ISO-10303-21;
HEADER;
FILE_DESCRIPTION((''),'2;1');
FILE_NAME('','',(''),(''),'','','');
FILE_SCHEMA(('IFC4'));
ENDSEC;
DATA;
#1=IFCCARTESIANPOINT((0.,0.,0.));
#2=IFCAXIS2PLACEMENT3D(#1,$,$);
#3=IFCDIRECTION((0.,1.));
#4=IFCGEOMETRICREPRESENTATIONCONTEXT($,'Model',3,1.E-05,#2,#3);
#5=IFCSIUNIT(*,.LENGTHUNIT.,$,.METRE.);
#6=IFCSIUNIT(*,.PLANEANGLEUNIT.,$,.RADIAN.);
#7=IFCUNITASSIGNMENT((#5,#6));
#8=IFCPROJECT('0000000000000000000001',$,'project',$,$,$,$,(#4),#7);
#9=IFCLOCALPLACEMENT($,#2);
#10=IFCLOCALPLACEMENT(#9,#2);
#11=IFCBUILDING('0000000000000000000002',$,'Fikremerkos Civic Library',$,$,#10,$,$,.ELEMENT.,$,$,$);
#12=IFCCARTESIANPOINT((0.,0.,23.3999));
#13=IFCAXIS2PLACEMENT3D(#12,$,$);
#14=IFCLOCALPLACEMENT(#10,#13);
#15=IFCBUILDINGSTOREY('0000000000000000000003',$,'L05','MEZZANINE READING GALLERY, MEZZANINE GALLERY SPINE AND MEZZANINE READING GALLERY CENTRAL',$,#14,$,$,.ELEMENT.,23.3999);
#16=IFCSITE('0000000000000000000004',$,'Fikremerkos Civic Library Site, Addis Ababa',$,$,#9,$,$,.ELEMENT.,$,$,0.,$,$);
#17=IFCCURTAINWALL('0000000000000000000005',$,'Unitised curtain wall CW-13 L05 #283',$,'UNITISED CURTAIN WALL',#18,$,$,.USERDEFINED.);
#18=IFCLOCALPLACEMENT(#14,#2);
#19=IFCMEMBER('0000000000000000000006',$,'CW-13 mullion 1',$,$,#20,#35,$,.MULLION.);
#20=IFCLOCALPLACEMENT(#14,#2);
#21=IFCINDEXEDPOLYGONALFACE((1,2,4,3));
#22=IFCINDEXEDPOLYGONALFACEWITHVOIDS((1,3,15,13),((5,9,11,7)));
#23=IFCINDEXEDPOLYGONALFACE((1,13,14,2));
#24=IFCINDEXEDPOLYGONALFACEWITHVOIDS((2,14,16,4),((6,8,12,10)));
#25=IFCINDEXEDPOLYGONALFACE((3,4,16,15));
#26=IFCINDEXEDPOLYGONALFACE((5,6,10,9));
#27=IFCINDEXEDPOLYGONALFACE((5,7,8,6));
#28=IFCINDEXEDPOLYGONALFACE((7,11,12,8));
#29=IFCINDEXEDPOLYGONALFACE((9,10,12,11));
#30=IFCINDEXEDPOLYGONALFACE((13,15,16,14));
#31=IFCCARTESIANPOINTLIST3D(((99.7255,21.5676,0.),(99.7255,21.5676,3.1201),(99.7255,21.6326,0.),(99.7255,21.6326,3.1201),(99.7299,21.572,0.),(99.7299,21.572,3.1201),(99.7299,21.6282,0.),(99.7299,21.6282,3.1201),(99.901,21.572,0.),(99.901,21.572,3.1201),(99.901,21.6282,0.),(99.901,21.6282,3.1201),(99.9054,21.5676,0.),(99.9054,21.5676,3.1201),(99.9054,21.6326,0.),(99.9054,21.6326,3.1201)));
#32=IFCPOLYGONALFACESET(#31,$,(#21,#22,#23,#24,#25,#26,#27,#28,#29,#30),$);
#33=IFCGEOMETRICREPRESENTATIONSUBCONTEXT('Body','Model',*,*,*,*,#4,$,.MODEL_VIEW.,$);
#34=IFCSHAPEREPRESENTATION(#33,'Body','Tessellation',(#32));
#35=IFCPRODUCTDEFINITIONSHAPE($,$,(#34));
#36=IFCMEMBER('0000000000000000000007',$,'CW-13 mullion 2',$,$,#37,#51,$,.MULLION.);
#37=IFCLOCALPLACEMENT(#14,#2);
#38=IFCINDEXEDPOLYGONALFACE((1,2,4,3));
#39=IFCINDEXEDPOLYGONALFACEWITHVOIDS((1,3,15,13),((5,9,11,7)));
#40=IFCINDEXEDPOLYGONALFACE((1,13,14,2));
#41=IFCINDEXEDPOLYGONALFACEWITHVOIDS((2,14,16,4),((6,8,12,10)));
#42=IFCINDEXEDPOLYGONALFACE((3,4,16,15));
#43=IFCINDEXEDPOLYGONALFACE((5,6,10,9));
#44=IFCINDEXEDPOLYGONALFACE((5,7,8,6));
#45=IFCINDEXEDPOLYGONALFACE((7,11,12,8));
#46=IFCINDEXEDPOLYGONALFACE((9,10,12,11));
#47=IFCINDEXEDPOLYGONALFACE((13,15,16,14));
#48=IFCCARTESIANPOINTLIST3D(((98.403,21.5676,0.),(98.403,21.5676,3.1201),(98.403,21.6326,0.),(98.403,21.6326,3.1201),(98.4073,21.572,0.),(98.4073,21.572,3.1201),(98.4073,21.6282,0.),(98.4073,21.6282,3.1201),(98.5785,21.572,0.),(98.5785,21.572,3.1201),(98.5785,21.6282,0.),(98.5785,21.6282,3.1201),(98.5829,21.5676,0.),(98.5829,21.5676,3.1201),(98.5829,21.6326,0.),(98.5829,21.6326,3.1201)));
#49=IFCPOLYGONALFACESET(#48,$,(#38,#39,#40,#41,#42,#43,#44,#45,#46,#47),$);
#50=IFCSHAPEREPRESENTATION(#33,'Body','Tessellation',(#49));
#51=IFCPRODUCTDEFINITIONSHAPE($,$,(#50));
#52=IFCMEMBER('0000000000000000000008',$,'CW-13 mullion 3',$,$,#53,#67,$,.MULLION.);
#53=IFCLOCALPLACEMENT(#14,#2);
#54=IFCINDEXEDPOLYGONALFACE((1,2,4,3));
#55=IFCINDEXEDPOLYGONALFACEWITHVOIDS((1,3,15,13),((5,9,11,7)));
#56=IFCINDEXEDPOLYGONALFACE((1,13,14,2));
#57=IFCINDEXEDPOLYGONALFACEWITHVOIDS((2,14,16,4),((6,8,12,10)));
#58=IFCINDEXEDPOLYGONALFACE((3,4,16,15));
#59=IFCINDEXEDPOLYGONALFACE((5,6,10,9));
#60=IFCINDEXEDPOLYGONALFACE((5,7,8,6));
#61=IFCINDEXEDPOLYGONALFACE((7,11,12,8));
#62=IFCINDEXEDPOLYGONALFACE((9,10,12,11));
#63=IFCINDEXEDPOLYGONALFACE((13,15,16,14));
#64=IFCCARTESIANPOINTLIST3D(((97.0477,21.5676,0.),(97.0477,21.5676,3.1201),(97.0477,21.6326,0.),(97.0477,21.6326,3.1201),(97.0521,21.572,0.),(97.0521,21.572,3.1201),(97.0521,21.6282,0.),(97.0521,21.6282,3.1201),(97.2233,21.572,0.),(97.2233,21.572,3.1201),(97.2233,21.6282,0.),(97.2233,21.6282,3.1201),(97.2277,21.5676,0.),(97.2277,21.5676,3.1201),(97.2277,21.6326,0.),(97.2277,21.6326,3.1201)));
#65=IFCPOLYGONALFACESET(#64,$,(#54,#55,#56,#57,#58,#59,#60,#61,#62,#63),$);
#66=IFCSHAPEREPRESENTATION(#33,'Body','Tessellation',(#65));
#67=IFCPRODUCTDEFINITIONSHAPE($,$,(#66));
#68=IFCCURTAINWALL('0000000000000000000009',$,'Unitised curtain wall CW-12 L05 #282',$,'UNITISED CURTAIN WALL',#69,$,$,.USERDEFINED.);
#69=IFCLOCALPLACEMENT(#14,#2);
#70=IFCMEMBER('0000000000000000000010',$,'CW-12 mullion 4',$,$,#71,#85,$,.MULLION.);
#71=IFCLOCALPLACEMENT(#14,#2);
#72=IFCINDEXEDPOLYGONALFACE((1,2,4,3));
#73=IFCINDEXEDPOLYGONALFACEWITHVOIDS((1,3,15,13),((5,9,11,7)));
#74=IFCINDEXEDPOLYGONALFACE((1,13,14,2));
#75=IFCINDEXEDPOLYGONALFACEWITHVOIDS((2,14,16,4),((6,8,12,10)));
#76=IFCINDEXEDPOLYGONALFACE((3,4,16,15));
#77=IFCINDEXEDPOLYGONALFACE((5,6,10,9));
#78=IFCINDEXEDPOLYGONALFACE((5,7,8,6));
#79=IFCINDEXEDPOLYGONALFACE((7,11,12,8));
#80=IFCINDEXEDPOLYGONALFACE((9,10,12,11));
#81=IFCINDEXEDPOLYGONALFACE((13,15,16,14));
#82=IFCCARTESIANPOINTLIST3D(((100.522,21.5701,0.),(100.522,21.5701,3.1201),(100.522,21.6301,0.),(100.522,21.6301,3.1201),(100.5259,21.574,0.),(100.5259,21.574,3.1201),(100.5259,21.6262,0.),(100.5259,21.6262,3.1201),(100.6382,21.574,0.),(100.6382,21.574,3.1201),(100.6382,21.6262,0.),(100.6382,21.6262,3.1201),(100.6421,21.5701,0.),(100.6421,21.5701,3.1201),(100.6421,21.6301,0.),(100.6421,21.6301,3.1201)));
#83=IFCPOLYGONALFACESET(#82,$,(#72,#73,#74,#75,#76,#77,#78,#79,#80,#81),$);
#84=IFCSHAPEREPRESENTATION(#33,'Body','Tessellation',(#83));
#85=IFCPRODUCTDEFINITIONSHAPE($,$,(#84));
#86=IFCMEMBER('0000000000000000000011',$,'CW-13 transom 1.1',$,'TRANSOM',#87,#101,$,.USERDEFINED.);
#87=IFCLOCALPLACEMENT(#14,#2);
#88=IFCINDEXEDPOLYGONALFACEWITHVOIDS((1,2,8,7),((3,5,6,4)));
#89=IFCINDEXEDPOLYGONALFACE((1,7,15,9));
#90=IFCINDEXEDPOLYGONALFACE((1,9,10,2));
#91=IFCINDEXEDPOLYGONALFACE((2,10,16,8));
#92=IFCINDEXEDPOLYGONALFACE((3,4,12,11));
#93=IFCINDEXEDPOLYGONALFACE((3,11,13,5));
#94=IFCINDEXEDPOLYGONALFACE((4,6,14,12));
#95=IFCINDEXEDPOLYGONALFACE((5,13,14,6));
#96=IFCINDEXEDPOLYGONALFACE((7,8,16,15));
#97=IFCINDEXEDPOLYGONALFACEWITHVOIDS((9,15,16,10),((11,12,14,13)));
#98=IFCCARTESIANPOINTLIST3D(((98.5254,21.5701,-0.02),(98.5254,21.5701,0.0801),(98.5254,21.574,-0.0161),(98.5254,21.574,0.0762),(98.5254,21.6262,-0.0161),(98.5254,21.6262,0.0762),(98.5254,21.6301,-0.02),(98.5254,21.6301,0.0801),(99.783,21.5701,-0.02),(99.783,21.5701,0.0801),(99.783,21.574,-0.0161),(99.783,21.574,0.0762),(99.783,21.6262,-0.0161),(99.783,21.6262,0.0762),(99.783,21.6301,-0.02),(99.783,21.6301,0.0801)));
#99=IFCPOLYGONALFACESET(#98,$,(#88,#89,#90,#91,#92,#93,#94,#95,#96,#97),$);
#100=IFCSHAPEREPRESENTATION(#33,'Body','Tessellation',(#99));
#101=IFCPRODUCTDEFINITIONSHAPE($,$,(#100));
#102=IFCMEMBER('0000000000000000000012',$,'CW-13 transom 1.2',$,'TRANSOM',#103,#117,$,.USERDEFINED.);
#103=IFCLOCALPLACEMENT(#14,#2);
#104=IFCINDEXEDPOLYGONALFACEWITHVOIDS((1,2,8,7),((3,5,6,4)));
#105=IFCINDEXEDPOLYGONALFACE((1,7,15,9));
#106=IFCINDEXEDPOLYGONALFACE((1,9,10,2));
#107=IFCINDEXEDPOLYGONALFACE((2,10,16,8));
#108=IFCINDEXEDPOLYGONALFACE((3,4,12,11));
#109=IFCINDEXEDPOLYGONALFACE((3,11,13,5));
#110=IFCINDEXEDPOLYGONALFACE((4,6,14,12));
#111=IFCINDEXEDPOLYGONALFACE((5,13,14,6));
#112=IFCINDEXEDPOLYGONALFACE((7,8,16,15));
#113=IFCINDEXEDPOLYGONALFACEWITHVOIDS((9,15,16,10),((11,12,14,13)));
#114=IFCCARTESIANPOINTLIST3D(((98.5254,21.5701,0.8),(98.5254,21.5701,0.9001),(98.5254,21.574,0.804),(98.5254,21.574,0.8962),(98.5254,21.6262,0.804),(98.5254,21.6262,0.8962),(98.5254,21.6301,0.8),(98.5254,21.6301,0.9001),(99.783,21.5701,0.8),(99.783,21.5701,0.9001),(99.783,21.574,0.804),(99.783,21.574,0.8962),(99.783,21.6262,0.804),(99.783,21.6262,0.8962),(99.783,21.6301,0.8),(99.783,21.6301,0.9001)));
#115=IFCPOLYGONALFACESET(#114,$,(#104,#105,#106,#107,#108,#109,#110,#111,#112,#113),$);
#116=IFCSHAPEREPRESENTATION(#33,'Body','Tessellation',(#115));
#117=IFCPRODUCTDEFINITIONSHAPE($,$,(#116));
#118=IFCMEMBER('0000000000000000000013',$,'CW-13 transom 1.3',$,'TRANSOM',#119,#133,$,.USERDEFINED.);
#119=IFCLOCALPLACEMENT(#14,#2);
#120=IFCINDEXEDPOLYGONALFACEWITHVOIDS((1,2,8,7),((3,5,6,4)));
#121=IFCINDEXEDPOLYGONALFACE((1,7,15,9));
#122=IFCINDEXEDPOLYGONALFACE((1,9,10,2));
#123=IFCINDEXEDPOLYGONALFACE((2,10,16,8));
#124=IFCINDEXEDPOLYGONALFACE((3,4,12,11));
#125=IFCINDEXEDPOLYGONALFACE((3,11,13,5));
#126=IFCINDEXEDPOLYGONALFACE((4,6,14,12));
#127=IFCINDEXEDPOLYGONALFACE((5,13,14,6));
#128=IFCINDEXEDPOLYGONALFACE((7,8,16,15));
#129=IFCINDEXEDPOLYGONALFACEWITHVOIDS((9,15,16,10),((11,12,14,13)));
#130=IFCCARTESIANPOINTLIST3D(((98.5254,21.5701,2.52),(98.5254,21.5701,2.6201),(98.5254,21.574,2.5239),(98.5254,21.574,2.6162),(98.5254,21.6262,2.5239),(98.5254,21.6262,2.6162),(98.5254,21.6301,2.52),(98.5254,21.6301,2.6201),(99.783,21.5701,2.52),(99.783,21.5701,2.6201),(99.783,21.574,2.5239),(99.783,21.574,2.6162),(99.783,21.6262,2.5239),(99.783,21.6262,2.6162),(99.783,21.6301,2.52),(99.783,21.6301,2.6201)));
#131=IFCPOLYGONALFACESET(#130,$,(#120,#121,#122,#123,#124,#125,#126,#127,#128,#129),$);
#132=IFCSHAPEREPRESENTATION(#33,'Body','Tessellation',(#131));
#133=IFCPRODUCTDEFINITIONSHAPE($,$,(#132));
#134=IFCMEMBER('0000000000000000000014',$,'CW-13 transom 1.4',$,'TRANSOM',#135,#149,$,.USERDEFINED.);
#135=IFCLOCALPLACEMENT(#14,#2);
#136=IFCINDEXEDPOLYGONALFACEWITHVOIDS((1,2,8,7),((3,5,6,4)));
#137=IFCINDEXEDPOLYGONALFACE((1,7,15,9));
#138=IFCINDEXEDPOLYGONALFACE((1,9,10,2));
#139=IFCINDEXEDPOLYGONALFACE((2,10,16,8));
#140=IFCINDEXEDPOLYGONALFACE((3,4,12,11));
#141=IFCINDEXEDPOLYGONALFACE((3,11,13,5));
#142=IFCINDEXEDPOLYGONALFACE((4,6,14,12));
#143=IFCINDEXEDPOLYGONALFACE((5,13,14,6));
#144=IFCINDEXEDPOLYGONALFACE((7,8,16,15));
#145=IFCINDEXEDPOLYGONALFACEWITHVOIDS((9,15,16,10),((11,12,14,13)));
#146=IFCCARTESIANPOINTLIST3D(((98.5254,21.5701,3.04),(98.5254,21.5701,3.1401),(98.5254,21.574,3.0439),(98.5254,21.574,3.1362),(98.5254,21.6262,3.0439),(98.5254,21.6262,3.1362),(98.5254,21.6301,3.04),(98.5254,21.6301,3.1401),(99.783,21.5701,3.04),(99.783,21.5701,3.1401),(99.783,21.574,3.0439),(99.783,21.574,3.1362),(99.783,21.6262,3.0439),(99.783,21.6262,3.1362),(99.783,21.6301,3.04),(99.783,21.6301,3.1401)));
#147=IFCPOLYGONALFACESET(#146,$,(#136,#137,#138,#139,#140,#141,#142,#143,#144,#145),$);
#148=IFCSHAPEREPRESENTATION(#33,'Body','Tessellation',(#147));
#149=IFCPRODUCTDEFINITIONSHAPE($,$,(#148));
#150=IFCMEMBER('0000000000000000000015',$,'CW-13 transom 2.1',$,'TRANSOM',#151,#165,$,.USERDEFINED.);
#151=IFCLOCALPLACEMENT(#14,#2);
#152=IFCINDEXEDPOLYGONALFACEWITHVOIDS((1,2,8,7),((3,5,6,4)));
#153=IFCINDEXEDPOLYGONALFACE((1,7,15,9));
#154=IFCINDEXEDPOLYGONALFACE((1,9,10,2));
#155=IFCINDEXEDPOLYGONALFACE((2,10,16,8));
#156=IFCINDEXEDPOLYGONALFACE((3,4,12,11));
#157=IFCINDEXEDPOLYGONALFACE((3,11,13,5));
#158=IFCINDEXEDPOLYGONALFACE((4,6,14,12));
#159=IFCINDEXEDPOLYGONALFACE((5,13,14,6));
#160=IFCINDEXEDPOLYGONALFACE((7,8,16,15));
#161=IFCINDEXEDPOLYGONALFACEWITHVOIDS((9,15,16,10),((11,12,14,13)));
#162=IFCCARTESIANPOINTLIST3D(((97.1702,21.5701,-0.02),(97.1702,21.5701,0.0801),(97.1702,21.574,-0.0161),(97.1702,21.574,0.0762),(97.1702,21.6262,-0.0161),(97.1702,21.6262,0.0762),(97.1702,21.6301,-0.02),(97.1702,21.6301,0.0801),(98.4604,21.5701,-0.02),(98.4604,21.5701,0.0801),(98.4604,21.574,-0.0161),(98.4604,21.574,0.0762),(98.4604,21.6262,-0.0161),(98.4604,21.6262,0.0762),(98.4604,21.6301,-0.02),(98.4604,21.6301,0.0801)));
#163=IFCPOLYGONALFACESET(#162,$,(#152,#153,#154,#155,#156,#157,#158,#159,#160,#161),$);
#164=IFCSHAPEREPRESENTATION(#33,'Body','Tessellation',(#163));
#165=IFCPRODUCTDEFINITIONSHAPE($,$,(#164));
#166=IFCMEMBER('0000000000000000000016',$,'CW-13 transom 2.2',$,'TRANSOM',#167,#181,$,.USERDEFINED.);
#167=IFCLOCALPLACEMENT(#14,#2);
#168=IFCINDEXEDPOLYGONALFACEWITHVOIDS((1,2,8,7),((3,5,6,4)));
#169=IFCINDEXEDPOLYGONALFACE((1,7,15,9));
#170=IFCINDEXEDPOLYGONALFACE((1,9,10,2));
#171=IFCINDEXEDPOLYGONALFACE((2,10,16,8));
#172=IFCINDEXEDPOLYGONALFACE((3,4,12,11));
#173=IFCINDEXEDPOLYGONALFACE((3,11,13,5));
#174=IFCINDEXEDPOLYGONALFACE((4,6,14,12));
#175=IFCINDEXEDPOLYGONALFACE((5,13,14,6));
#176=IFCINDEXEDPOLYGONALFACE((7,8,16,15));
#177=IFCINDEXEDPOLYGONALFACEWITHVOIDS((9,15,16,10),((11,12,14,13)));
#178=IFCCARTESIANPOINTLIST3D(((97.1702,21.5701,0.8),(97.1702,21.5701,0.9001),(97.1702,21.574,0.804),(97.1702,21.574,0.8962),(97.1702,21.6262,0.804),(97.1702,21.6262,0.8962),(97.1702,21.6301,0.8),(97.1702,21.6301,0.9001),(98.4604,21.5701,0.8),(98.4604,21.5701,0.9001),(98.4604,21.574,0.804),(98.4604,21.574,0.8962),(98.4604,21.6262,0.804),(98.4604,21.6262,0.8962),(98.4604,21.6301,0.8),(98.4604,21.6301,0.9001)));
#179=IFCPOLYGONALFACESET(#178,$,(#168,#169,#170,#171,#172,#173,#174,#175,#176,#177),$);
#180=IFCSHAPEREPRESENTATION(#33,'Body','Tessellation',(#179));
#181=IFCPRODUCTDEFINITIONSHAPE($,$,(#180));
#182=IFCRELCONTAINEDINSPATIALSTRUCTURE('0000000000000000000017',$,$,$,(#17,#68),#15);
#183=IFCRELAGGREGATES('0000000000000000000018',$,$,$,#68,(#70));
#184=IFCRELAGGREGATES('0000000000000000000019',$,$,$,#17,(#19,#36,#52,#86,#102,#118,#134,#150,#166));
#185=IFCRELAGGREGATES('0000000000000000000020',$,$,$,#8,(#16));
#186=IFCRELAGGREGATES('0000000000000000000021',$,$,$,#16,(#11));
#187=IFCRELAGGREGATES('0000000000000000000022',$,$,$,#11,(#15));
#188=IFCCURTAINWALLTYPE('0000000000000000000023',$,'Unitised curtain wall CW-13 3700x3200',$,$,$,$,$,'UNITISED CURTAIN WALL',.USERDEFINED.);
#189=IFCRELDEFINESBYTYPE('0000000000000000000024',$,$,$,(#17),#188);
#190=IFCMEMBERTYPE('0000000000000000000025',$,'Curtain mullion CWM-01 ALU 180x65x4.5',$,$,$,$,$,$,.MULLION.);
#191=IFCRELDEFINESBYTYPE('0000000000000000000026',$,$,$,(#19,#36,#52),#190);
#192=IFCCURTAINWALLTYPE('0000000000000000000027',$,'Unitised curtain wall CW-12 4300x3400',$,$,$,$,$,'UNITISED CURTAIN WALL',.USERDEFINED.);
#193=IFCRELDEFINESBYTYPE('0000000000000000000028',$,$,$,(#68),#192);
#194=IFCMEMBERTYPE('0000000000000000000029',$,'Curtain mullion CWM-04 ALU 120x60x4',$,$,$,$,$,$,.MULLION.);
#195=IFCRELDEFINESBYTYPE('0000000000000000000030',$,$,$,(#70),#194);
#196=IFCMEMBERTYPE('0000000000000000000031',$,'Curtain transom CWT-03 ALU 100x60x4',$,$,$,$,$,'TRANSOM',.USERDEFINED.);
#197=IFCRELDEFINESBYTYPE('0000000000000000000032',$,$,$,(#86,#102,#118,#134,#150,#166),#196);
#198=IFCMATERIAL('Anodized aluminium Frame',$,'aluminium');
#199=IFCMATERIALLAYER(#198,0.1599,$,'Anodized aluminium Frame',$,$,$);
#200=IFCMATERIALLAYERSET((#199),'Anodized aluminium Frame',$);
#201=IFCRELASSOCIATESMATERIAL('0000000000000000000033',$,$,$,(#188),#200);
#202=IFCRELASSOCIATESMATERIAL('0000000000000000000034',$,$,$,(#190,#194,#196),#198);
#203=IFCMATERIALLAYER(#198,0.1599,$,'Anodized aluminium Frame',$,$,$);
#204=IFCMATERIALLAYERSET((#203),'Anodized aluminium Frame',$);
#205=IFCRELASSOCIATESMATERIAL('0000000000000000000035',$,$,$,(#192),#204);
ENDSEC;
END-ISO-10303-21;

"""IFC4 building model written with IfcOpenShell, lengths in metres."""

from ifc_helpers import new_model, si_unit, direction, frame, origin, origin_2d, place, context, subcontext, project, spatial, hollow_rectangle, extrude, material, layer, layer_set, material_profile, profile_set, type_object, element, aggregate, save


model = new_model("IFC4")

# Units and contexts
model_context = context("Model", 3, precision=1e-05, world=origin(), true_north=direction((0.0, 1.0)))
body_context = subcontext(model_context, "Body", "Model", "MODEL_VIEW")
ifc_project = project(units=[si_unit("LENGTHUNIT", "METRE"), si_unit("PLANEANGLEUNIT", "RADIAN")], contexts=[model_context])

# Site, building, storey
site_placement = place(None, origin())
site = spatial("IfcSite", under=ifc_project, at=site_placement, Name="Fikremerkos Civic Library Site, Addis Ababa", CompositionType="ELEMENT", RefElevation=0.0)
building_placement = place(site_placement, origin())
building = spatial("IfcBuilding", under=site, at=building_placement, Name="Fikremerkos Civic Library", CompositionType="ELEMENT")
storey_placement = place(building_placement, frame((0.0, 0.0, 23.3999)))
storey = spatial("IfcBuildingStorey", under=building, at=storey_placement, Name="L05", Description="MEZZANINE READING GALLERY, MEZZANINE GALLERY SPINE AND MEZZANINE READING GALLERY CENTRAL", CompositionType="ELEMENT", Elevation=23.3999)

# Curtain wall, members
ifc_material_1 = material(Name="Anodized aluminium Frame", Category="aluminium")
ifc_layer_1 = layer(ifc_material_1, 0.1599, Name="Anodized aluminium Frame")
ifc_layer_set_1 = layer_set([ifc_layer_1], Name="Anodized aluminium Frame")
curtain_wall_type_1 = type_object("IfcCurtainWallType", Name="Unitised curtain wall CW-13 3700x3200", ElementType="UNITISED CURTAIN WALL", PredefinedType="USERDEFINED", material=ifc_layer_set_1)
curtain_wall_1_placement = place(storey_placement, origin())
curtain_wall_1 = element("IfcCurtainWall", 1, at=curtain_wall_1_placement, inside=storey, type_object=curtain_wall_type_1, Name="Unitised curtain wall CW-13 L05 #283", ObjectType="UNITISED CURTAIN WALL", PredefinedType="USERDEFINED")
ifc_material_profile_1 = material_profile(ifc_material_1, hollow_rectangle(XDim=0.0649, YDim=0.1799, WallThickness=0.0044, at=origin_2d()), Name="ALU 180x65x4.5")
ifc_profile_set_1 = profile_set([ifc_material_profile_1], Name="Anodized aluminium Frame")
member_type_1 = type_object("IfcMemberType", Name="Curtain mullion CWM-01 ALU 180x65x4.5", PredefinedType="MULLION", material=ifc_profile_set_1)
member_1_placement = place(storey_placement, frame((99.8154, 21.6001, 0.0), z_axis=(0.0, 0.0, 1.0), x_axis=(0.0, -1.0, 0.0)))
member_1 = element("IfcMember", 2, at=member_1_placement, type_object=member_type_1, Name="CW-13 mullion 1", PredefinedType="MULLION", context=body_context, shape_type="SweptSolid", body=[
    extrude(hollow_rectangle(XDim=0.0649, YDim=0.1799, WallThickness=0.0044, at=origin_2d()), origin(), (0.0, 0.0, 1.0), 3.1201),
])
member_2_placement = place(storey_placement, frame((98.4929, 21.6001, 0.0), z_axis=(0.0, 0.0, 1.0), x_axis=(0.0, -1.0, 0.0)))
member_2 = element("IfcMember", 3, at=member_2_placement, type_object=member_type_1, Name="CW-13 mullion 2", PredefinedType="MULLION", context=body_context, shape_type="SweptSolid", body=[
    extrude(hollow_rectangle(XDim=0.0649, YDim=0.1799, WallThickness=0.0044, at=origin_2d()), origin(), (0.0, 0.0, 1.0), 3.1201),
])
member_3_placement = place(storey_placement, frame((97.1377, 21.6001, 0.0), z_axis=(0.0, 0.0, 1.0), x_axis=(0.0, -1.0, 0.0)))
member_3 = element("IfcMember", 4, at=member_3_placement, type_object=member_type_1, Name="CW-13 mullion 3", PredefinedType="MULLION", context=body_context, shape_type="SweptSolid", body=[
    extrude(hollow_rectangle(XDim=0.0649, YDim=0.1799, WallThickness=0.0044, at=origin_2d()), origin(), (0.0, 0.0, 1.0), 3.1201),
])

# Curtain wall, member
ifc_layer_2 = layer(ifc_material_1, 0.1599, Name="Anodized aluminium Frame")
ifc_layer_set_2 = layer_set([ifc_layer_2], Name="Anodized aluminium Frame")
curtain_wall_type_2 = type_object("IfcCurtainWallType", Name="Unitised curtain wall CW-12 4300x3400", ElementType="UNITISED CURTAIN WALL", PredefinedType="USERDEFINED", material=ifc_layer_set_2)
curtain_wall_2_placement = place(storey_placement, origin())
curtain_wall_2 = element("IfcCurtainWall", 5, at=curtain_wall_2_placement, inside=storey, type_object=curtain_wall_type_2, Name="Unitised curtain wall CW-12 L05 #282", ObjectType="UNITISED CURTAIN WALL", PredefinedType="USERDEFINED")
ifc_material_profile_2 = material_profile(ifc_material_1, hollow_rectangle(XDim=0.0601, YDim=0.1201, WallThickness=0.0039, at=origin_2d()), Name="ALU 120x60x4")
ifc_profile_set_2 = profile_set([ifc_material_profile_2], Name="Anodized aluminium Frame")
member_type_2 = type_object("IfcMemberType", Name="Curtain mullion CWM-04 ALU 120x60x4", PredefinedType="MULLION", material=ifc_profile_set_2)
member_4_placement = place(storey_placement, frame((100.582, 21.6001, 0.0), z_axis=(0.0, 0.0, 1.0), x_axis=(0.0, -1.0, 0.0)))
member_4 = element("IfcMember", 6, at=member_4_placement, type_object=member_type_2, Name="CW-12 mullion 4", PredefinedType="MULLION", context=body_context, shape_type="SweptSolid", body=[
    extrude(hollow_rectangle(XDim=0.0601, YDim=0.1201, WallThickness=0.0039, at=origin_2d()), origin(), (0.0, 0.0, 1.0), 3.1201),
])
aggregate(curtain_wall_2, [member_4])

# Members
ifc_material_profile_3 = material_profile(ifc_material_1, hollow_rectangle(XDim=0.0601, YDim=0.1001, WallThickness=0.0039, at=origin_2d()), Name="ALU 100x60x4")
ifc_profile_set_3 = profile_set([ifc_material_profile_3], Name="Anodized aluminium Frame")
member_type_3 = type_object("IfcMemberType", Name="Curtain transom CWT-03 ALU 100x60x4", ElementType="TRANSOM", PredefinedType="USERDEFINED", material=ifc_profile_set_3)
member_5_placement = place(storey_placement, frame((99.783, 21.6001, 0.03), z_axis=(-1.0, 0.0, 0.0), x_axis=(0.0, -1.0, 0.0)))
member_5 = element("IfcMember", 7, at=member_5_placement, type_object=member_type_3, Name="CW-13 transom 1.1", ObjectType="TRANSOM", PredefinedType="USERDEFINED", context=body_context, shape_type="SweptSolid", body=[
    extrude(hollow_rectangle(XDim=0.0601, YDim=0.1001, WallThickness=0.0039, at=origin_2d()), origin(), (0.0, 0.0, 1.0), 1.2576),
])
member_6_placement = place(storey_placement, frame((99.783, 21.6001, 0.8501), z_axis=(-1.0, 0.0, 0.0), x_axis=(0.0, -1.0, 0.0)))
member_6 = element("IfcMember", 8, at=member_6_placement, type_object=member_type_3, Name="CW-13 transom 1.2", ObjectType="TRANSOM", PredefinedType="USERDEFINED", context=body_context, shape_type="SweptSolid", body=[
    extrude(hollow_rectangle(XDim=0.0601, YDim=0.1001, WallThickness=0.0039, at=origin_2d()), origin(), (0.0, 0.0, 1.0), 1.2576),
])
member_7_placement = place(storey_placement, frame((99.783, 21.6001, 2.5701), z_axis=(-1.0, 0.0, 0.0), x_axis=(0.0, -1.0, 0.0)))
member_7 = element("IfcMember", 9, at=member_7_placement, type_object=member_type_3, Name="CW-13 transom 1.3", ObjectType="TRANSOM", PredefinedType="USERDEFINED", context=body_context, shape_type="SweptSolid", body=[
    extrude(hollow_rectangle(XDim=0.0601, YDim=0.1001, WallThickness=0.0039, at=origin_2d()), origin(), (0.0, 0.0, 1.0), 1.2576),
])
member_8_placement = place(storey_placement, frame((99.783, 21.6001, 3.0901), z_axis=(-1.0, 0.0, 0.0), x_axis=(0.0, -1.0, 0.0)))
member_8 = element("IfcMember", 10, at=member_8_placement, type_object=member_type_3, Name="CW-13 transom 1.4", ObjectType="TRANSOM", PredefinedType="USERDEFINED", context=body_context, shape_type="SweptSolid", body=[
    extrude(hollow_rectangle(XDim=0.0601, YDim=0.1001, WallThickness=0.0039, at=origin_2d()), origin(), (0.0, 0.0, 1.0), 1.2576),
])
member_9_placement = place(storey_placement, frame((98.4604, 21.6001, 0.03), z_axis=(-1.0, 0.0, 0.0), x_axis=(0.0, -1.0, 0.0)))
member_9 = element("IfcMember", 11, at=member_9_placement, type_object=member_type_3, Name="CW-13 transom 2.1", ObjectType="TRANSOM", PredefinedType="USERDEFINED", context=body_context, shape_type="SweptSolid", body=[
    extrude(hollow_rectangle(XDim=0.0601, YDim=0.1001, WallThickness=0.0039, at=origin_2d()), origin(), (0.0, 0.0, 1.0), 1.2903),
])
member_10_placement = place(storey_placement, frame((98.4604, 21.6001, 0.8501), z_axis=(-1.0, 0.0, 0.0), x_axis=(0.0, -1.0, 0.0)))
member_10 = element("IfcMember", 12, at=member_10_placement, type_object=member_type_3, Name="CW-13 transom 2.2", ObjectType="TRANSOM", PredefinedType="USERDEFINED", context=body_context, shape_type="SweptSolid", body=[
    extrude(hollow_rectangle(XDim=0.0601, YDim=0.1001, WallThickness=0.0039, at=origin_2d()), origin(), (0.0, 0.0, 1.0), 1.2903),
])

aggregate(curtain_wall_1, [member_1, member_2, member_3, member_5, member_6, member_7, member_8, member_9, member_10])

save(model, "model.ifc")
